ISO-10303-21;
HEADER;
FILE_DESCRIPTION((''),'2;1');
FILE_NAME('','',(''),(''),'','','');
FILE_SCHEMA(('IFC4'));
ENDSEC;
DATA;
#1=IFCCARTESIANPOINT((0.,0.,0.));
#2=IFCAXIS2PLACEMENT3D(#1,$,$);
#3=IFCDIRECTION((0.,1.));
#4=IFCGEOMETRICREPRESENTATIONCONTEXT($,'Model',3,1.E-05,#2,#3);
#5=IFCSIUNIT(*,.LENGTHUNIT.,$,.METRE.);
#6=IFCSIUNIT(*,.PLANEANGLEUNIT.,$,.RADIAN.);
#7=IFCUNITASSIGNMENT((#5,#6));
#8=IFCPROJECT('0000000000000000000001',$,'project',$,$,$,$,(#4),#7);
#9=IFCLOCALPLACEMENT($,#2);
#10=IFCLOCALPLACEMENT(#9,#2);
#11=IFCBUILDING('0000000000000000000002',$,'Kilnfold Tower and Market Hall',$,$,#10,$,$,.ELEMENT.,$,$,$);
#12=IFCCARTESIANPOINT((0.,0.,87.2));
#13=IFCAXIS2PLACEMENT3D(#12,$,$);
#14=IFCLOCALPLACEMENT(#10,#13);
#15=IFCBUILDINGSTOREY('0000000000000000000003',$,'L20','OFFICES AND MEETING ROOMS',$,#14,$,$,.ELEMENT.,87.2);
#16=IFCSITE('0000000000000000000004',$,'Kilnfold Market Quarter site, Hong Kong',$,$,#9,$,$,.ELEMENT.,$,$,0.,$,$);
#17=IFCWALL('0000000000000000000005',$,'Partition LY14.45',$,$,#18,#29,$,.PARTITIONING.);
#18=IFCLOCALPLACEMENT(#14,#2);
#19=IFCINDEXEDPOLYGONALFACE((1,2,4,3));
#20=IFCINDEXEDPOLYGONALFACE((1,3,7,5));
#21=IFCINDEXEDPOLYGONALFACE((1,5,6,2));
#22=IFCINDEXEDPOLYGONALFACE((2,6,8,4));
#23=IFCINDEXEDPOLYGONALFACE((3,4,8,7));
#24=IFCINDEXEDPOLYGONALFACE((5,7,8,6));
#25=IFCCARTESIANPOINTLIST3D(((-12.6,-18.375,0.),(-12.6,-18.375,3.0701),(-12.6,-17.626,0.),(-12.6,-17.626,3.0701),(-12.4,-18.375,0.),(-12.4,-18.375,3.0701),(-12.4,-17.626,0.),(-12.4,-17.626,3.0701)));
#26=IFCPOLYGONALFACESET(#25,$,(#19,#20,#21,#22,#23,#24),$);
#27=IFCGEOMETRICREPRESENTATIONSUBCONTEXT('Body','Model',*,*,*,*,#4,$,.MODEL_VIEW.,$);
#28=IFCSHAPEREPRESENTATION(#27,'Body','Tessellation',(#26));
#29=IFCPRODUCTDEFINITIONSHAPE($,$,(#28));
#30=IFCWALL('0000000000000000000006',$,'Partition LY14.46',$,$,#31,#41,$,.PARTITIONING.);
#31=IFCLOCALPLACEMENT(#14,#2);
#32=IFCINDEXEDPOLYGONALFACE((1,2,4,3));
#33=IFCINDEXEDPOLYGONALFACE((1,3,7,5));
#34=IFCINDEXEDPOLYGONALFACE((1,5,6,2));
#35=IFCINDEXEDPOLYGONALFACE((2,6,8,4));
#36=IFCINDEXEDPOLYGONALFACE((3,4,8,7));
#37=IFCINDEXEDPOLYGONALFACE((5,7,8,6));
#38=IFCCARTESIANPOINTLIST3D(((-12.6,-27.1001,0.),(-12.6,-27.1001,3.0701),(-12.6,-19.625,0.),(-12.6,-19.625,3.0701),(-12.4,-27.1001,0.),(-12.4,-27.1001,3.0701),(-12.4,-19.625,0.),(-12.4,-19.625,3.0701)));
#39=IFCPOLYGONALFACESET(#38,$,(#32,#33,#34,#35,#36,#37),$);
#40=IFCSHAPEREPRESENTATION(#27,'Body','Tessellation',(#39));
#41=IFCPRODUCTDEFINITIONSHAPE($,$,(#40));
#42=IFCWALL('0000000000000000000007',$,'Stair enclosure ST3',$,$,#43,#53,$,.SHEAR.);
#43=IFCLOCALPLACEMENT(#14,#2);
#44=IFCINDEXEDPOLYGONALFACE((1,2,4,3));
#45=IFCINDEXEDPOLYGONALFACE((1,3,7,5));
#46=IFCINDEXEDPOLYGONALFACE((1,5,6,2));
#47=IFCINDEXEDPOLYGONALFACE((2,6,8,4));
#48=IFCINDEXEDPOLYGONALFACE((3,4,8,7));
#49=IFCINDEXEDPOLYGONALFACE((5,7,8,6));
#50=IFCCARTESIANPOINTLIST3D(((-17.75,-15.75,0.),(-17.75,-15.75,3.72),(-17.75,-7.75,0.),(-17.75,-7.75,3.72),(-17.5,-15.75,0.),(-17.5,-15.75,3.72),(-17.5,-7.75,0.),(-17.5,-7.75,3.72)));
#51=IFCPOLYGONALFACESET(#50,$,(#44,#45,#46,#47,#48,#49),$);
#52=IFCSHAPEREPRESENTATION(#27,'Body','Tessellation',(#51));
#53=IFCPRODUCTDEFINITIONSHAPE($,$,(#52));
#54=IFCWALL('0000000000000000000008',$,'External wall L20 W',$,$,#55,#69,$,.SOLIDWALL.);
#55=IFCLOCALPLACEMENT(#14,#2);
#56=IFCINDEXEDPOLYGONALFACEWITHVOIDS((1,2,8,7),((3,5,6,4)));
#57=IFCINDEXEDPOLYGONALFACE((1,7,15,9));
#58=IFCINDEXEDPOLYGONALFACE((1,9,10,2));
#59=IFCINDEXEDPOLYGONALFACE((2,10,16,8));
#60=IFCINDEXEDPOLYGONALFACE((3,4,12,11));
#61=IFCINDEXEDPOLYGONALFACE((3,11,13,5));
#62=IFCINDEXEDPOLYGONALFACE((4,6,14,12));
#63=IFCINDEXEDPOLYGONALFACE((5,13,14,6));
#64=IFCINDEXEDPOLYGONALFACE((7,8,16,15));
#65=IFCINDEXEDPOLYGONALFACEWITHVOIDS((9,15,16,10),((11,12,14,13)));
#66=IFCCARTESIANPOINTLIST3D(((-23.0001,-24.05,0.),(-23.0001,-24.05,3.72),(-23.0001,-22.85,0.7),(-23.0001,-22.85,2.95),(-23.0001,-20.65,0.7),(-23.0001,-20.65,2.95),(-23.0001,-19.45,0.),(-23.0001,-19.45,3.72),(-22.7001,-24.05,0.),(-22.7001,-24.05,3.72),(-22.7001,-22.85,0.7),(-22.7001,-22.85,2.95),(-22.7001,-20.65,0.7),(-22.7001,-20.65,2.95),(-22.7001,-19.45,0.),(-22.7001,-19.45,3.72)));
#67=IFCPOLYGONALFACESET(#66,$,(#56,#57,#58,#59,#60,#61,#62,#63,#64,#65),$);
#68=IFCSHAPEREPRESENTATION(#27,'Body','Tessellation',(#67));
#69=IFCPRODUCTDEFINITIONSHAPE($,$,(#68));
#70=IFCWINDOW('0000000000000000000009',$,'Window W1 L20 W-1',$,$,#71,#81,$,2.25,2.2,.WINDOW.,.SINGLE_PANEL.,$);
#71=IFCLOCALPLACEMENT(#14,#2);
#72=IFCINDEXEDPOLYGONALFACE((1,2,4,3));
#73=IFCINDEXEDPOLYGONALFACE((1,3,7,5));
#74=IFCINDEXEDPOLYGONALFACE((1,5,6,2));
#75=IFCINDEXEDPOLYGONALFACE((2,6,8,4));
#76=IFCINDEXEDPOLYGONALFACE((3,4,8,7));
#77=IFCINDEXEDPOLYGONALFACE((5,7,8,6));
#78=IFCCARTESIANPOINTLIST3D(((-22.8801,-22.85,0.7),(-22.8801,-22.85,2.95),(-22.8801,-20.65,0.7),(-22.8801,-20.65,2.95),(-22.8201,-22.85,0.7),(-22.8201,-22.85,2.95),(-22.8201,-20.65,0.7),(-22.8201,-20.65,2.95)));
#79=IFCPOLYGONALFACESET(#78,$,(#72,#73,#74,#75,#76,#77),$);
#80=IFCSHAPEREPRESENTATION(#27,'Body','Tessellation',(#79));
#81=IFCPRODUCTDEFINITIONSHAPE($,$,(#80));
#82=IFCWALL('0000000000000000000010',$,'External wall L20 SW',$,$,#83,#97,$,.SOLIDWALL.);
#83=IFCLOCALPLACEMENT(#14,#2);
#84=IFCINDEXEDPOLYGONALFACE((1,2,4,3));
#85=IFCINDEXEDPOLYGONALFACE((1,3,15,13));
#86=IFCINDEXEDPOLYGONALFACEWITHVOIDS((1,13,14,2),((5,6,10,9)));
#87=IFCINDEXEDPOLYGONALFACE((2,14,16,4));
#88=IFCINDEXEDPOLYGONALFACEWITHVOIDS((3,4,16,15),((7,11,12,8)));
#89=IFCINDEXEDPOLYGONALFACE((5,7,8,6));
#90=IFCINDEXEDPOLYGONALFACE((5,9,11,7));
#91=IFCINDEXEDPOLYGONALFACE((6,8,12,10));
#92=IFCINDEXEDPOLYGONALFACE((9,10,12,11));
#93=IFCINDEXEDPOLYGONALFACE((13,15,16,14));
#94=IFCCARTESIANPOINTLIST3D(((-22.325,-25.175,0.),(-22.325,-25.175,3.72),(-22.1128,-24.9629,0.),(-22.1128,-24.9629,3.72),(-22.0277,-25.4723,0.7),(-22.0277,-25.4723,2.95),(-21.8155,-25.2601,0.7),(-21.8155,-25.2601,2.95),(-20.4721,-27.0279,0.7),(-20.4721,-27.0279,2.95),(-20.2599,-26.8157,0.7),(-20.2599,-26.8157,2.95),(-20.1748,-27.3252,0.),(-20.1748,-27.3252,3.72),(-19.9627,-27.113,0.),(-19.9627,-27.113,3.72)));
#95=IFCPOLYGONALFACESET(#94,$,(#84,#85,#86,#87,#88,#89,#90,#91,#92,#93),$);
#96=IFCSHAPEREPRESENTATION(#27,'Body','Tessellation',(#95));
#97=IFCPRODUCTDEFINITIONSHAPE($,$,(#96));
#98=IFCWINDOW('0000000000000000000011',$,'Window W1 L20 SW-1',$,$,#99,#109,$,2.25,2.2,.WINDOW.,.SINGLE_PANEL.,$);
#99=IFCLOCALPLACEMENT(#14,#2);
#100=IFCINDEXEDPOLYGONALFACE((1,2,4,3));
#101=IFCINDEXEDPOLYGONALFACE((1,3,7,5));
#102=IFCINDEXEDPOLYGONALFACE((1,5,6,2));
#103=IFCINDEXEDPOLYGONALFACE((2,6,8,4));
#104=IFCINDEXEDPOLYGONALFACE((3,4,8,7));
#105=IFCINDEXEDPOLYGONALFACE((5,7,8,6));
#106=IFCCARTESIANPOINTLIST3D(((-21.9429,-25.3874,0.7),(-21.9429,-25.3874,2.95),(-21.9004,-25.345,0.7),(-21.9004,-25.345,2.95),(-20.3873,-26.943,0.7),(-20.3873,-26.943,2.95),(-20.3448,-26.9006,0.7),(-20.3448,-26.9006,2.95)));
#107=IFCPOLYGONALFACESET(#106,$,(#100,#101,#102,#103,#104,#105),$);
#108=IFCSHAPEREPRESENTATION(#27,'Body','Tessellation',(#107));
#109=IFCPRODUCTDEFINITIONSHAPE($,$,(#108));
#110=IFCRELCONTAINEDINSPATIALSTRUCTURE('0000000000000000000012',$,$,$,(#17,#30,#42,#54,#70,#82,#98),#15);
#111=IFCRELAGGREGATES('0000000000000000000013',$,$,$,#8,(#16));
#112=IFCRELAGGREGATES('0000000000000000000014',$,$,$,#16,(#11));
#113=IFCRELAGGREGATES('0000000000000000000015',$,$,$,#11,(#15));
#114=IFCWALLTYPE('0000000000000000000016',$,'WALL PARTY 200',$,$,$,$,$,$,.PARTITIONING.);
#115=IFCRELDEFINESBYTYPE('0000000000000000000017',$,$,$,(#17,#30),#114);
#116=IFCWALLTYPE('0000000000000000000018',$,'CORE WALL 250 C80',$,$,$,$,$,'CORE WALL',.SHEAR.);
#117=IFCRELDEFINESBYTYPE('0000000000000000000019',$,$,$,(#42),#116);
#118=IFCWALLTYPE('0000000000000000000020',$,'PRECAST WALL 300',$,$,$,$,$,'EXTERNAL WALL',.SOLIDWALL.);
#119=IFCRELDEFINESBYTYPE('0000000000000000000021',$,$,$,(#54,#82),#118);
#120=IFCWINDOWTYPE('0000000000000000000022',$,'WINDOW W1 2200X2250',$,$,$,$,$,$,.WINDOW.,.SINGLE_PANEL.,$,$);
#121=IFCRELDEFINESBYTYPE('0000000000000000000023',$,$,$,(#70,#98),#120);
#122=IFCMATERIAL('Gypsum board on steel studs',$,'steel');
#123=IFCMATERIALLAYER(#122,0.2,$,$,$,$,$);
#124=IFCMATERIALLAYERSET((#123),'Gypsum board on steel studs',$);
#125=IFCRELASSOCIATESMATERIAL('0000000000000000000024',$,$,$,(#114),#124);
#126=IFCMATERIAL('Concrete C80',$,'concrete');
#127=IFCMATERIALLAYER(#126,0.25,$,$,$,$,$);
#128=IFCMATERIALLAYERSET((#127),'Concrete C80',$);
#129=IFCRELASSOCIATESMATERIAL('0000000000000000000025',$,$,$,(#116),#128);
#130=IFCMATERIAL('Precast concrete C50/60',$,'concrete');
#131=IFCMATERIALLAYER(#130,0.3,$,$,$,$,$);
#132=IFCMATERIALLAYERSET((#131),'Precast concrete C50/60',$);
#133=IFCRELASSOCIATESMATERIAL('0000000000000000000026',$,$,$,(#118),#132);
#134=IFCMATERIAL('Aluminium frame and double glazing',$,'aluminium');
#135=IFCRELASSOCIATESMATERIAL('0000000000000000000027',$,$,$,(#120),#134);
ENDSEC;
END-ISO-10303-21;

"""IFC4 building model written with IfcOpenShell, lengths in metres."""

from ifc_helpers import new_model, si_unit, direction, frame, frame_2d, origin, place, context, subcontext, project, spatial, rectangle, extrude, source, transform, mapped, material, layer, layer_set, type_object, element, fill, save


model = new_model("IFC4")

# Units and contexts
model_context = context("Model", 3, precision=1e-05, world=origin(), true_north=direction((0.0, 1.0)))
body_context = subcontext(model_context, "Body", "Model", "MODEL_VIEW")
ifc_project = project(units=[si_unit("LENGTHUNIT", "METRE"), si_unit("PLANEANGLEUNIT", "RADIAN")], contexts=[model_context])

# Site, building, storey
site_placement = place(None, origin())
site = spatial("IfcSite", under=ifc_project, at=site_placement, Name="Kilnfold Market Quarter site, Hong Kong", CompositionType="ELEMENT", RefElevation=0.0)
building_placement = place(site_placement, origin())
building = spatial("IfcBuilding", under=site, at=building_placement, Name="Kilnfold Tower and Market Hall", CompositionType="ELEMENT")
storey_placement = place(building_placement, frame((0.0, 0.0, 87.2)))
storey = spatial("IfcBuildingStorey", under=building, at=storey_placement, Name="L20", Description="OFFICES AND MEETING ROOMS", CompositionType="ELEMENT", Elevation=87.2)

# Walls
ifc_material_1 = material(Name="Gypsum board on steel studs", Category="steel")
ifc_layer_1 = layer(ifc_material_1, 0.2)
ifc_layer_set_1 = layer_set([ifc_layer_1], Name="Gypsum board on steel studs")
wall_type_1 = type_object("IfcWallType", Name="WALL PARTY 200", PredefinedType="PARTITIONING", material=ifc_layer_set_1)
wall_1_placement = place(storey_placement, frame((-12.5, -18.375, 0.0), z_axis=(0.0, 0.0, 1.0), x_axis=(0.0, 1.0, 0.0)))
element("IfcWall", 1, at=wall_1_placement, inside=storey, type_object=wall_type_1, Name="Partition LY14.45", PredefinedType="PARTITIONING", context=body_context, shape_type="SweptSolid", body=[
    extrude(rectangle(XDim=0.749, YDim=0.2, at=frame_2d((0.3745, 0.0))), origin(), (0.0, 0.0, 1.0), 3.0701),
])
wall_2_placement = place(storey_placement, frame((-12.5, -27.1001, 0.0), z_axis=(0.0, 0.0, 1.0), x_axis=(0.0, 1.0, 0.0)))
element("IfcWall", 2, at=wall_2_placement, inside=storey, type_object=wall_type_1, Name="Partition LY14.46", PredefinedType="PARTITIONING", context=body_context, shape_type="SweptSolid", body=[
    extrude(rectangle(XDim=7.4751, YDim=0.2, at=frame_2d((3.7375, 0.0))), origin(), (0.0, 0.0, 1.0), 3.0701),
])
ifc_material_2 = material(Name="Concrete C80", Category="concrete")
ifc_layer_2 = layer(ifc_material_2, 0.25)
ifc_layer_set_2 = layer_set([ifc_layer_2], Name="Concrete C80")
wall_type_2 = type_object("IfcWallType", Name="CORE WALL 250 C80", ElementType="CORE WALL", PredefinedType="SHEAR", material=ifc_layer_set_2)
shared_shape_1 = source(origin(), body_context, "Body", "SweptSolid", [
    extrude(rectangle(XDim=8.0, YDim=0.25, at=frame_2d((4.0, 0.0))), origin(), (0.0, 0.0, 1.0), 3.72),
])
wall_3_placement = place(storey_placement, frame((-17.625, -15.75, 0.0), z_axis=(0.0, 0.0, 1.0), x_axis=(0.0, 1.0, 0.0)))
element("IfcWall", 3, at=wall_3_placement, inside=storey, type_object=wall_type_2, Name="Stair enclosure ST3", PredefinedType="SHEAR", context=body_context, shape_type="MappedRepresentation", body=[
    mapped(shared_shape_1, transform((0.0, 0.0, 0.0))),
])

# Walls, openings, windows
ifc_material_3 = material(Name="Precast concrete C50/60", Category="concrete")
ifc_layer_3 = layer(ifc_material_3, 0.3)
ifc_layer_set_3 = layer_set([ifc_layer_3], Name="Precast concrete C50/60")
wall_type_3 = type_object("IfcWallType", Name="PRECAST WALL 300", ElementType="EXTERNAL WALL", PredefinedType="SOLIDWALL", material=ifc_layer_set_3)
shared_shape_2 = source(origin(), body_context, "Body", "SweptSolid", [
    extrude(rectangle(XDim=4.6001, YDim=0.3, at=frame_2d((2.3, 0.0))), origin(), (0.0, 0.0, 1.0), 3.72),
])
wall_4_placement = place(storey_placement, frame((-22.8501, -19.45, 0.0), z_axis=(0.0, 0.0, 1.0), x_axis=(0.0, -1.0, 0.0)))
wall_4 = element("IfcWall", 4, at=wall_4_placement, inside=storey, type_object=wall_type_3, Name="External wall L20 W", PredefinedType="SOLIDWALL", context=body_context, shape_type="MappedRepresentation", body=[
    mapped(shared_shape_2, transform((0.0, 0.0, 0.0))),
])
opening_1_placement = place(wall_4_placement, frame((1.2, 0.0, 0.7)))
opening_1 = element("IfcOpeningElement", 5, at=opening_1_placement, cuts=wall_4, PredefinedType="OPENING", context=body_context, shape_type="SweptSolid", body=[
    extrude(rectangle(XDim=2.2, YDim=2.25, at=frame_2d((1.1001, 1.125))), frame((0.0, 0.1602, 0.0), z_axis=(0.0, -1.0, 0.0), x_axis=(1.0, 0.0, 0.0)), (0.0, 0.0, 1.0), 0.3201),
])
ifc_material_4 = material(Name="Aluminium frame and double glazing", Category="aluminium")
window_type = type_object("IfcWindowType", Name="WINDOW W1 2200X2250", PartitioningType="SINGLE_PANEL", PredefinedType="WINDOW", material=ifc_material_4)
window_1_placement = place(opening_1_placement, origin())
window_1 = element("IfcWindow", 6, at=window_1_placement, inside=storey, type_object=window_type, Name="Window W1 L20 W-1", OverallHeight=2.25, OverallWidth=2.2, PartitioningType="SINGLE_PANEL", PredefinedType="WINDOW", context=body_context, shape_type="SweptSolid", body=[
    extrude(rectangle(XDim=2.2, YDim=2.25, at=frame_2d((1.1001, 1.125))), frame((0.0, 0.03, 0.0), z_axis=(0.0, -1.0, 0.0), x_axis=(1.0, 0.0, 0.0)), (0.0, 0.0, 1.0), 0.0601),
])
fill(opening_1, window_1)
shared_shape_3 = source(origin(), body_context, "Body", "SweptSolid", [
    extrude(rectangle(XDim=3.0408, YDim=0.3, at=frame_2d((1.5205, 0.0))), origin(), (0.0, 0.0, 1.0), 3.72),
])
wall_5_placement = place(storey_placement, frame((-22.219, -25.0688, 0.0), z_axis=(0.0, 0.0, 1.0), x_axis=(0.707107, -0.707107, 0.0)))
wall_5 = element("IfcWall", 7, at=wall_5_placement, inside=storey, type_object=wall_type_3, Name="External wall L20 SW", PredefinedType="SOLIDWALL", context=body_context, shape_type="MappedRepresentation", body=[
    mapped(shared_shape_3, transform((0.0, 0.0, 0.0))),
])
opening_2_placement = place(wall_5_placement, frame((0.4204, 0.0, 0.7)))
opening_2 = element("IfcOpeningElement", 8, at=opening_2_placement, cuts=wall_5, PredefinedType="OPENING", context=body_context, shape_type="SweptSolid", body=[
    extrude(rectangle(XDim=2.2, YDim=2.25, at=frame_2d((1.1001, 1.125))), frame((0.0, 0.1602, 0.0), z_axis=(0.0, -1.0, 0.0), x_axis=(1.0, 0.0, 0.0)), (0.0, 0.0, 1.0), 0.3201),
])
window_2_placement = place(opening_2_placement, origin())
window_2 = element("IfcWindow", 9, at=window_2_placement, inside=storey, type_object=window_type, Name="Window W1 L20 SW-1", OverallHeight=2.25, OverallWidth=2.2, PartitioningType="SINGLE_PANEL", PredefinedType="WINDOW", context=body_context, shape_type="SweptSolid", body=[
    extrude(rectangle(XDim=2.2, YDim=2.25, at=frame_2d((1.1001, 1.125))), frame((0.0, 0.03, 0.0), z_axis=(0.0, -1.0, 0.0), x_axis=(1.0, 0.0, 0.0)), (0.0, 0.0, 1.0), 0.0601),
])
fill(opening_2, window_2)

save(model, "model.ifc")
